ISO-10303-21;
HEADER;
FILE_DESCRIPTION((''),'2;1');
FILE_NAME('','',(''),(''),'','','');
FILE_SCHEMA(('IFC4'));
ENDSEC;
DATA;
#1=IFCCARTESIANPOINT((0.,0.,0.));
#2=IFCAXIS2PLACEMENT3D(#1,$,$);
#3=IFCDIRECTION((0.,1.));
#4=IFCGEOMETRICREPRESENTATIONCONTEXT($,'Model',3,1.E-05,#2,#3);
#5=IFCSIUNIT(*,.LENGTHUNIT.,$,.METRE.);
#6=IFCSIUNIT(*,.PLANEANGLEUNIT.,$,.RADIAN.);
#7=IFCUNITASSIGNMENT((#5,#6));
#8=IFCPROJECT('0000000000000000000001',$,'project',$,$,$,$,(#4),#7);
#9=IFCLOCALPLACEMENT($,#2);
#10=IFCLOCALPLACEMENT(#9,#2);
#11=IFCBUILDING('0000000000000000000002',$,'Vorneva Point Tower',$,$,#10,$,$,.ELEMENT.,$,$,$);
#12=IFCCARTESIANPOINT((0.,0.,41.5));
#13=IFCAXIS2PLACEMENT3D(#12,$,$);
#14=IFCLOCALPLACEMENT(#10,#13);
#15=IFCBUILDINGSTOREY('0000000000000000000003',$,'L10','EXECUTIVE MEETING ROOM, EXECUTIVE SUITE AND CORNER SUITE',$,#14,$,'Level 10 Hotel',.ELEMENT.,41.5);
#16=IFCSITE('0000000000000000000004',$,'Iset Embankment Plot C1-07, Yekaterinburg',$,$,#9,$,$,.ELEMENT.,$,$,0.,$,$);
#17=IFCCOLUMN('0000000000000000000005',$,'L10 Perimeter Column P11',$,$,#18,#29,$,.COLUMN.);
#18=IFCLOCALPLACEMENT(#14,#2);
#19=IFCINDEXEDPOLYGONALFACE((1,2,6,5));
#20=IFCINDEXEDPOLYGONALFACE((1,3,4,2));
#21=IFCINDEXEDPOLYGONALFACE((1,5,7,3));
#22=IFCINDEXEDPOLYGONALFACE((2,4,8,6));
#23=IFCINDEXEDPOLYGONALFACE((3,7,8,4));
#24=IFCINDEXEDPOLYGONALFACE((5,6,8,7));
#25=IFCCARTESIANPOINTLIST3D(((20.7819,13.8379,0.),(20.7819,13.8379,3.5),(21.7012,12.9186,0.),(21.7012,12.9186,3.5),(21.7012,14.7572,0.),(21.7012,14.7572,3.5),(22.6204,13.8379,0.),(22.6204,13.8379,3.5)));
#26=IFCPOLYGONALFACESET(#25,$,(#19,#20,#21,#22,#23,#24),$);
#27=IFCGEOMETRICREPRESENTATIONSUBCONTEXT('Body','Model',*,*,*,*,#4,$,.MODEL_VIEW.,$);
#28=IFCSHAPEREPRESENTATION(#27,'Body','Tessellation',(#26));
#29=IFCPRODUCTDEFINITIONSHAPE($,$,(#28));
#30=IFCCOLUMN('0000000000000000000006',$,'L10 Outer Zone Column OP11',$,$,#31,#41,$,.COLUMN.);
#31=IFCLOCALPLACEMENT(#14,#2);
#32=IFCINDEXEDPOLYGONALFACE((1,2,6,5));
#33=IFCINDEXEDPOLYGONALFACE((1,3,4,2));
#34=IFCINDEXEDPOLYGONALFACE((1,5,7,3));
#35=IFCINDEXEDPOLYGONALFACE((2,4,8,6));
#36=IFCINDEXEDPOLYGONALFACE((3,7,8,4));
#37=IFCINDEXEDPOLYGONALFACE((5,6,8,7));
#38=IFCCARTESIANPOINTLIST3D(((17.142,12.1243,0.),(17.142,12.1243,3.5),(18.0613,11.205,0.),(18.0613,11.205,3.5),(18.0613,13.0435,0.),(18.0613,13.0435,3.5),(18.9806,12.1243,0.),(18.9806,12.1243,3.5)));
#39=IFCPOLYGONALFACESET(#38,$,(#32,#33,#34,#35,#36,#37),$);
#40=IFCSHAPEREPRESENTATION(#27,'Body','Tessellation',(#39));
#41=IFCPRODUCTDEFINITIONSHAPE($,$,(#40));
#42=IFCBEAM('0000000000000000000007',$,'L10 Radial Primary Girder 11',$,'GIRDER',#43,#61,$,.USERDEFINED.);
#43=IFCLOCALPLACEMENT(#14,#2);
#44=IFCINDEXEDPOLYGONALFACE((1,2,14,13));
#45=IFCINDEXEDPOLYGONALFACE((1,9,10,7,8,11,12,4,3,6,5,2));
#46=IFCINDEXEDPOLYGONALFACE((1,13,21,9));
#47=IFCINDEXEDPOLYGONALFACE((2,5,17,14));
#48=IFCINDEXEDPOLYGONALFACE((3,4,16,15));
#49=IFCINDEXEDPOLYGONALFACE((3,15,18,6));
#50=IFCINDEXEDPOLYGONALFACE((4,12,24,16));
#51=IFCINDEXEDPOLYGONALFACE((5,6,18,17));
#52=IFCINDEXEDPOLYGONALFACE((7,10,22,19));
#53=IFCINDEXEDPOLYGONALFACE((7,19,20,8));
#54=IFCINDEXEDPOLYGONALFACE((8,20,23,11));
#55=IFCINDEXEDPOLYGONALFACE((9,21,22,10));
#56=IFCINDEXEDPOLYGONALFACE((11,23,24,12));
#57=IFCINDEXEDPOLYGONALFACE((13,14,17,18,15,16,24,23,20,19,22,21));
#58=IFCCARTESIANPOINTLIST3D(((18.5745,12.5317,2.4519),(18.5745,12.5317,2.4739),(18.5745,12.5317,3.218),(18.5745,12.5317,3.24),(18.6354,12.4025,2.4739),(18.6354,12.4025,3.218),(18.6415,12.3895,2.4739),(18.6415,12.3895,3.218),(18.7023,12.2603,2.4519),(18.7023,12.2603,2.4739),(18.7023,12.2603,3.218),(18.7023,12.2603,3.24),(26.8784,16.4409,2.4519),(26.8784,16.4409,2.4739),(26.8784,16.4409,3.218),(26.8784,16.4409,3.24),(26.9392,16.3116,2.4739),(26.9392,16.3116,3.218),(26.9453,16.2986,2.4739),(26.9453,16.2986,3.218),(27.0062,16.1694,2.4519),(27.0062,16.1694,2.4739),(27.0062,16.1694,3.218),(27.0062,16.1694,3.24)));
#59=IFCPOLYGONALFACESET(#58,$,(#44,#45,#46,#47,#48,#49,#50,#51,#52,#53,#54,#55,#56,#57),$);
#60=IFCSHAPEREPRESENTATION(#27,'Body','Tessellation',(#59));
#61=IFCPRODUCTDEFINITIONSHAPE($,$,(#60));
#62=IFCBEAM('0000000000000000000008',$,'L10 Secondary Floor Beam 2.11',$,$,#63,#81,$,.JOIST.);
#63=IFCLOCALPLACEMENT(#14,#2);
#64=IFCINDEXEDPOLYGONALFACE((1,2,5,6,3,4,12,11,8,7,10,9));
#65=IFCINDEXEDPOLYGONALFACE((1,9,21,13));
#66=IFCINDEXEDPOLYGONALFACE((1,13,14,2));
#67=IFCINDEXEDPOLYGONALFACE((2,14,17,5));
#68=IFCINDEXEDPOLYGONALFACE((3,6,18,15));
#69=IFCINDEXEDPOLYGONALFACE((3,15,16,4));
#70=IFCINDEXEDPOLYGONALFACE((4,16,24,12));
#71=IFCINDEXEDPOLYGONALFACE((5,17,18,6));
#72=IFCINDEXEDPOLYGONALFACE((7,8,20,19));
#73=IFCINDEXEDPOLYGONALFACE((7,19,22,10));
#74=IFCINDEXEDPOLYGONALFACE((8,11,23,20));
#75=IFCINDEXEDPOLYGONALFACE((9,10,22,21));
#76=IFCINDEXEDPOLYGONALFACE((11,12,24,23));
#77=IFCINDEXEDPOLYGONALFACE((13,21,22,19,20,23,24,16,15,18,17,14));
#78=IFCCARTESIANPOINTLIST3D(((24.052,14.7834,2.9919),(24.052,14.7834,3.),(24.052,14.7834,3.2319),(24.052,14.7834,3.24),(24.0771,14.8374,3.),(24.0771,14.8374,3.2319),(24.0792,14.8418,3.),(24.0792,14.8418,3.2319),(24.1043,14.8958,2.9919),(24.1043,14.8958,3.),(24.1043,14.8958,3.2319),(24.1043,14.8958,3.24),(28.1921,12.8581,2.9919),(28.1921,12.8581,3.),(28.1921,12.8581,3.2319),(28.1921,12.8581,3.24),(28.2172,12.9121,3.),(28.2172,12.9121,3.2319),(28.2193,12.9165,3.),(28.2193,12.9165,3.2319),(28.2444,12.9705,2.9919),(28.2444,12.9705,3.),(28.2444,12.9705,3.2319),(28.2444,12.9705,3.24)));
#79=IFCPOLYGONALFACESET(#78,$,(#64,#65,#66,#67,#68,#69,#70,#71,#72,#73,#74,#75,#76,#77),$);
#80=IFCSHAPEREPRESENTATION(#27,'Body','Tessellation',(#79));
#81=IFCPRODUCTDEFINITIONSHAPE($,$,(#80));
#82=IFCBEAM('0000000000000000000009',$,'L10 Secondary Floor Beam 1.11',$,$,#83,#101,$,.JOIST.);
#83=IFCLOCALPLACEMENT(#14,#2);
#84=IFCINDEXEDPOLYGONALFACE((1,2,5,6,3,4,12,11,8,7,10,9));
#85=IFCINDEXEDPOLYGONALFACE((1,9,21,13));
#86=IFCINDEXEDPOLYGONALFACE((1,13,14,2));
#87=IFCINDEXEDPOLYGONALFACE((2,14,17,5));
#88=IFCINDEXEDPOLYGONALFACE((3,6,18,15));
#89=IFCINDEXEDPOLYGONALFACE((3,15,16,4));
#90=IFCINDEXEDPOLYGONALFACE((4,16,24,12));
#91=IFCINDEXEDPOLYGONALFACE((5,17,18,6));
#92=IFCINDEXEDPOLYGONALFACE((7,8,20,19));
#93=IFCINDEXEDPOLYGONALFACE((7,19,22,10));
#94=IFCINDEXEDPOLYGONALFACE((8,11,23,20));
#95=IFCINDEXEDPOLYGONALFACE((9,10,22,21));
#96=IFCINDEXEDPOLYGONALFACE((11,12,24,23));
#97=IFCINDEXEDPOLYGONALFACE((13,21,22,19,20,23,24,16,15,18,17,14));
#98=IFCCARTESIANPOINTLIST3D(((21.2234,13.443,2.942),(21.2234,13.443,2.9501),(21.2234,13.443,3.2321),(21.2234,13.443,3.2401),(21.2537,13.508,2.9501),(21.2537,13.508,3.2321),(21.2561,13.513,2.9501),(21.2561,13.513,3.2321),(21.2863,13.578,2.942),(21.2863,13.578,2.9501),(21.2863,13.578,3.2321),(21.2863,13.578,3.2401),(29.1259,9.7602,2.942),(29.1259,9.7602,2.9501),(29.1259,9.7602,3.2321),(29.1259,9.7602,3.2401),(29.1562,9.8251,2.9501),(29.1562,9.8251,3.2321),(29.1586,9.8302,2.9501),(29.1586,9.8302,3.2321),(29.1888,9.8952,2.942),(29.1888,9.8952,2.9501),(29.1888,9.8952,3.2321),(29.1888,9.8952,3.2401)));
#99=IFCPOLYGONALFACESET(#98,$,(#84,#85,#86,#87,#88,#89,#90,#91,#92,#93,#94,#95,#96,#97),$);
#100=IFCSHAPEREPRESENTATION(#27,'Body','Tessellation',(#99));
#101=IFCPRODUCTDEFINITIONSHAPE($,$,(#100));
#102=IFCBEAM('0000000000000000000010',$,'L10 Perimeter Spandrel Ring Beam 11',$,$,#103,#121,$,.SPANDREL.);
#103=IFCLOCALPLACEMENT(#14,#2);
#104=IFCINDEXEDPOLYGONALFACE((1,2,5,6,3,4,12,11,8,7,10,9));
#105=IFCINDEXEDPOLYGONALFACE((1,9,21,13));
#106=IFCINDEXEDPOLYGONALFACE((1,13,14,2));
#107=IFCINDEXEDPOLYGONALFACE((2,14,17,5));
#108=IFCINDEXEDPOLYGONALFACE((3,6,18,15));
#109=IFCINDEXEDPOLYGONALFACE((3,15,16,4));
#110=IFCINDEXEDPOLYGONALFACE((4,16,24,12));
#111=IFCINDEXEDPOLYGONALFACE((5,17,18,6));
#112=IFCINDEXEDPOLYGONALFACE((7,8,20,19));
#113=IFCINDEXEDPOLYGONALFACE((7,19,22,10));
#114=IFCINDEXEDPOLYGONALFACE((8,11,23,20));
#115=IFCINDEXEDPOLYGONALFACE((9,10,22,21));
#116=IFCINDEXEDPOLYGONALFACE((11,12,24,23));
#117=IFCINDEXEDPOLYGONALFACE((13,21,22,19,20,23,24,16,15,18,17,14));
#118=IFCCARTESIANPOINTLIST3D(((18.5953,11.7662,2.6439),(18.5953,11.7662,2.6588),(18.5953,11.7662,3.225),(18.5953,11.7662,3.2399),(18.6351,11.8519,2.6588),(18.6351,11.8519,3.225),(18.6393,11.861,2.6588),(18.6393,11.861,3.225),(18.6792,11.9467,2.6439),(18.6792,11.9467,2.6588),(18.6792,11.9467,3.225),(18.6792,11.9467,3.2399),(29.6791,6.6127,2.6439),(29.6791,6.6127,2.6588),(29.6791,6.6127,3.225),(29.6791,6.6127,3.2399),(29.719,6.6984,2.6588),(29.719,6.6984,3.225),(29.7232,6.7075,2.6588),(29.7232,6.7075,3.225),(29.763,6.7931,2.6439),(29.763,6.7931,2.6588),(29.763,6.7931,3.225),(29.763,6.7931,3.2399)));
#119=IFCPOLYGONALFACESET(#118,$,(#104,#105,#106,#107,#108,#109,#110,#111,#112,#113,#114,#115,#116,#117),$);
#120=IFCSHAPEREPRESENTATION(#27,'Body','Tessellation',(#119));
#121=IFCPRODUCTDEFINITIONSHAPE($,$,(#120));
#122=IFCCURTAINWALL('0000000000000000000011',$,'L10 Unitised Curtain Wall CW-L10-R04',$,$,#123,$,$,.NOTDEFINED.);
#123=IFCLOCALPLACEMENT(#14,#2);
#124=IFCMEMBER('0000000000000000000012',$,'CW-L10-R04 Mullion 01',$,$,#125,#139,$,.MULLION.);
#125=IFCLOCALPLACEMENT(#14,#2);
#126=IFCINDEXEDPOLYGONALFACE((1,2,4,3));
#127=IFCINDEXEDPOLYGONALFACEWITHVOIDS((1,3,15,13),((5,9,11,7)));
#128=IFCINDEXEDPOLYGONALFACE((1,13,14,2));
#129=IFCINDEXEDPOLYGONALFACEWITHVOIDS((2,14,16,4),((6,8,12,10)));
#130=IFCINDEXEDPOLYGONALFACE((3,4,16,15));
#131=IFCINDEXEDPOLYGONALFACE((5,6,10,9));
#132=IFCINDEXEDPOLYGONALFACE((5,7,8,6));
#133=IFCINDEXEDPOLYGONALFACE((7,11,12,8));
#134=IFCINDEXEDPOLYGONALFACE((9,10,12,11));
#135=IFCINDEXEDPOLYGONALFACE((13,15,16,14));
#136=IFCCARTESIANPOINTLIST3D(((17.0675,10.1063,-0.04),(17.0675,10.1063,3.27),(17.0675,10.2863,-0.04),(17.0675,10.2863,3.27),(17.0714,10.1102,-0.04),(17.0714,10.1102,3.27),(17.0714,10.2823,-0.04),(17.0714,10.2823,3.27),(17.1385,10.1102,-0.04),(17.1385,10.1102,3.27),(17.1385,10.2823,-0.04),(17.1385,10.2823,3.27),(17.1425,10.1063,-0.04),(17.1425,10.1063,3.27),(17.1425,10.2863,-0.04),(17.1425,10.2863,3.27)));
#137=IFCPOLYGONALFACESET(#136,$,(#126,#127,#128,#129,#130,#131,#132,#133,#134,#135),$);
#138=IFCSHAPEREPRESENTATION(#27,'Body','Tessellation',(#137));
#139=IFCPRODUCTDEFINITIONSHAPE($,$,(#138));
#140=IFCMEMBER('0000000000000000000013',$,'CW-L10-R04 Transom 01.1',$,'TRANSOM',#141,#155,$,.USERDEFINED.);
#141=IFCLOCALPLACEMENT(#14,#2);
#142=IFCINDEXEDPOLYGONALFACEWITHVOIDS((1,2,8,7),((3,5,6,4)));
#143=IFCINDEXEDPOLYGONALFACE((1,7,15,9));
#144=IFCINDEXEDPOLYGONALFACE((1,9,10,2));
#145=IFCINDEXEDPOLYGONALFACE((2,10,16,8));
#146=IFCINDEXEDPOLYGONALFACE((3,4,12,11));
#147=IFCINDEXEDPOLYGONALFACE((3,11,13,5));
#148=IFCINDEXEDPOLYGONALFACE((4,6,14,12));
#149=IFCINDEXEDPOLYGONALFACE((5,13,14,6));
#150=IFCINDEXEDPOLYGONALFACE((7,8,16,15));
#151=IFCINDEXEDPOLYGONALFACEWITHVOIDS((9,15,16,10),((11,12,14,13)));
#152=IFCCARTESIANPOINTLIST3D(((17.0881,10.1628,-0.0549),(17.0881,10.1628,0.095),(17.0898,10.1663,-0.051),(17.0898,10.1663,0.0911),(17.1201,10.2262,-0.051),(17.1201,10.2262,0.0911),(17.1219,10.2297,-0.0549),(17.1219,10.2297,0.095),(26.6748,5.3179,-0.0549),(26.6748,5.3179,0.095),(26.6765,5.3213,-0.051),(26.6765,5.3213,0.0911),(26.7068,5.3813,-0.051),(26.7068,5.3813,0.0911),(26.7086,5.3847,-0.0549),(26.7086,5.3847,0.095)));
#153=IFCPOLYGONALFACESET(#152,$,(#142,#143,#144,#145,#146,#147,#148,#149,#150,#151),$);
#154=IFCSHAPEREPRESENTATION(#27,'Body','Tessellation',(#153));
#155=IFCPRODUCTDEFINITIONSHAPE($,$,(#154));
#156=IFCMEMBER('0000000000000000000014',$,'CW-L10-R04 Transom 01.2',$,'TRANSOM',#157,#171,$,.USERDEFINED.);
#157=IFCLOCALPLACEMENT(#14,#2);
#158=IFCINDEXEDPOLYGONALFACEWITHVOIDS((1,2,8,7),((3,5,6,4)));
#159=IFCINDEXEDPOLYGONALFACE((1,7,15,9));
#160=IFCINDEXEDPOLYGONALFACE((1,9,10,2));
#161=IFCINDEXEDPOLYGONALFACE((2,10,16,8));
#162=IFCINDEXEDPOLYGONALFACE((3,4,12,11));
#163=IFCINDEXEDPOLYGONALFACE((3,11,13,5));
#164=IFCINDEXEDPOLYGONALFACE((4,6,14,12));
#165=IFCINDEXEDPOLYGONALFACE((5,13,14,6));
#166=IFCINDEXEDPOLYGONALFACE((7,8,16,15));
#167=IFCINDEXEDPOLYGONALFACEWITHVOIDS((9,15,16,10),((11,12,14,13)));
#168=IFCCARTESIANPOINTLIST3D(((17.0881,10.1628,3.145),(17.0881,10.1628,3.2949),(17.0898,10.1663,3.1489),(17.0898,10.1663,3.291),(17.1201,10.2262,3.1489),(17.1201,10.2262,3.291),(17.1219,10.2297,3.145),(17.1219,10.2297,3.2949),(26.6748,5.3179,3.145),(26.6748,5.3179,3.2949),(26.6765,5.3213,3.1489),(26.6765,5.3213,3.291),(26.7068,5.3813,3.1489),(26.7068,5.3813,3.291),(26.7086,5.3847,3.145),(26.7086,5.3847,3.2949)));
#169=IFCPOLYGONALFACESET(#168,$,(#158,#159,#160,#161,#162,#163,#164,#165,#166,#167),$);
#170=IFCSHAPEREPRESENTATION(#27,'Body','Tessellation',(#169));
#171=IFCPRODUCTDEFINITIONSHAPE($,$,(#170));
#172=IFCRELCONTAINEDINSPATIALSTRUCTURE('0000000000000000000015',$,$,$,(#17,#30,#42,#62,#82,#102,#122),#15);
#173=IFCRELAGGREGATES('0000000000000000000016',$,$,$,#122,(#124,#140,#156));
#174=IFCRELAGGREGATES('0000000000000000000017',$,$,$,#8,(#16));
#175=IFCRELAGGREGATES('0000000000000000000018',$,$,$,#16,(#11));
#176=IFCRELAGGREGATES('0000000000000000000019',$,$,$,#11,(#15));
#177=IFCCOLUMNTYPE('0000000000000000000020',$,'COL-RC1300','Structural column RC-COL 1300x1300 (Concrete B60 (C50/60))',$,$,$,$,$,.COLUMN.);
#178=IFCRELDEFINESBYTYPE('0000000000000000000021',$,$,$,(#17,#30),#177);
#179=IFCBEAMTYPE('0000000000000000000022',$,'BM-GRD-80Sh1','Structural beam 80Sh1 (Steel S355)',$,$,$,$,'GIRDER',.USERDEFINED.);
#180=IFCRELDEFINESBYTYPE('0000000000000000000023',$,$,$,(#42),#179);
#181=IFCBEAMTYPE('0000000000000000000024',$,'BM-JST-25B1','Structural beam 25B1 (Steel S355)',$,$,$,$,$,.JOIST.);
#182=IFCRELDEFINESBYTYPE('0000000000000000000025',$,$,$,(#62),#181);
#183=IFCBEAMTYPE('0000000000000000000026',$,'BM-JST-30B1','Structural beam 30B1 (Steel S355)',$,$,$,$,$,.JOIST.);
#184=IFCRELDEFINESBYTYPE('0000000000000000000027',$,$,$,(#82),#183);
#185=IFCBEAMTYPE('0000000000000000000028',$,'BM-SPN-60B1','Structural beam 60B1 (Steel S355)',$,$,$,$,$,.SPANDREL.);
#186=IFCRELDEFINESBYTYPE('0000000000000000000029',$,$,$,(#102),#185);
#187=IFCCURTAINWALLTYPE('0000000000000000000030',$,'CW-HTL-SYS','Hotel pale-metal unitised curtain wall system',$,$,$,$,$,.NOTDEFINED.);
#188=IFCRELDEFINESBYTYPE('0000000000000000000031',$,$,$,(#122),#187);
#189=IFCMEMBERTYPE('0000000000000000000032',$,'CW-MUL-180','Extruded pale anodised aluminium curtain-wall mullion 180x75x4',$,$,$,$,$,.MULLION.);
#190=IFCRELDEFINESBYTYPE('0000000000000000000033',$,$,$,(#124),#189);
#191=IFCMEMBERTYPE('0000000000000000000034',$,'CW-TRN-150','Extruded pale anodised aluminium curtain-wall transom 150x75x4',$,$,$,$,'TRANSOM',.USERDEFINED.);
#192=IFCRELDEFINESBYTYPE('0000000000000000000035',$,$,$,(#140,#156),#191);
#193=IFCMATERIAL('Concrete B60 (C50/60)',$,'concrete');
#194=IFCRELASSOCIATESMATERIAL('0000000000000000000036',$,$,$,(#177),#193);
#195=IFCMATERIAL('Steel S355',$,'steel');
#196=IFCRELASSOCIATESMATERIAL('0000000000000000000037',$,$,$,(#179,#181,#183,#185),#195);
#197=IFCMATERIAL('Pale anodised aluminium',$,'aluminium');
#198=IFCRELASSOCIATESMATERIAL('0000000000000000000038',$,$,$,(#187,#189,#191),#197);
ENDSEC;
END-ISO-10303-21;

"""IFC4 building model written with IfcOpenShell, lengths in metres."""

from ifc_helpers import new_model, si_unit, direction, frame, origin, origin_2d, place, context, subcontext, project, spatial, rectangle, hollow_rectangle, i_section, extrude, material, material_profile, profile_set, type_object, element, aggregate, save


model = new_model("IFC4")

# Units and contexts
model_context = context("Model", 3, precision=1e-05, world=origin(), true_north=direction((0.0, 1.0)))
body_context = subcontext(model_context, "Body", "Model", "MODEL_VIEW")
ifc_project = project(units=[si_unit("LENGTHUNIT", "METRE"), si_unit("PLANEANGLEUNIT", "RADIAN")], contexts=[model_context])

# Site, building, storey
site_placement = place(None, origin())
site = spatial("IfcSite", under=ifc_project, at=site_placement, Name="Iset Embankment Plot C1-07, Yekaterinburg", CompositionType="ELEMENT", RefElevation=0.0)
building_placement = place(site_placement, origin())
building = spatial("IfcBuilding", under=site, at=building_placement, Name="Vorneva Point Tower", CompositionType="ELEMENT")
storey_placement = place(building_placement, frame((0.0, 0.0, 41.5)))
storey = spatial("IfcBuildingStorey", under=building, at=storey_placement, Name="L10", Description="EXECUTIVE MEETING ROOM, EXECUTIVE SUITE AND CORNER SUITE", LongName="Level 10 Hotel", CompositionType="ELEMENT", Elevation=41.5)

# Columns
ifc_material_1 = material(Name="Concrete B60 (C50/60)", Category="concrete")
ifc_material_profile_1 = material_profile(ifc_material_1, rectangle(XDim=1.3, YDim=1.3, at=origin_2d()), Name="RC-COL 1300x1300")
ifc_profile_set_1 = profile_set([ifc_material_profile_1], Name="Concrete B60 (C50/60)")
column_type = type_object("IfcColumnType", Name="COL-RC1300", Description="Structural column RC-COL 1300x1300 (Concrete B60 (C50/60))", PredefinedType="COLUMN", material=ifc_profile_set_1)
for number, where, z_axis, x_axis, name in (
    (1, (21.7012, 13.8379, 0.0), (0.0, 0.0, 1.0), (-0.707107, -0.707107, 0.0), "L10 Perimeter Column P11"),
    (2, (18.0613, 12.1243, 0.0), (0.0, 0.0, 1.0), (-0.707107, -0.707107, 0.0), "L10 Outer Zone Column OP11"),
):
    element("IfcColumn", number, at=place(storey_placement, frame(where, z_axis=z_axis, x_axis=x_axis)), inside=storey, type_object=column_type, Name=name, PredefinedType="COLUMN", context=body_context, shape_type="SweptSolid", body=[
        extrude(rectangle(XDim=1.3, YDim=1.3, at=origin_2d()), origin(), (0.0, 0.0, 1.0), 3.5),
    ])

# Beams
ifc_material_2 = material(Name="Steel S355", Category="steel")
ifc_material_profile_2 = material_profile(ifc_material_2, i_section(OverallWidth=0.3, OverallDepth=0.7881, WebThickness=0.0144, FlangeThickness=0.022, at=origin_2d()), Name="80Sh1")
ifc_profile_set_2 = profile_set([ifc_material_profile_2], Name="Steel S355")
beam_type_1 = type_object("IfcBeamType", Name="BM-GRD-80Sh1", Description="Structural beam 80Sh1 (Steel S355)", ElementType="GIRDER", PredefinedType="USERDEFINED", material=ifc_profile_set_2)
beam_1_placement = place(storey_placement, frame((18.6384, 12.396, 2.8459), z_axis=(0.904758, 0.425925, 0.0), x_axis=(-0.425925, 0.904758, 0.0)))
element("IfcBeam", 3, at=beam_1_placement, inside=storey, type_object=beam_type_1, Name="L10 Radial Primary Girder 11", ObjectType="GIRDER", PredefinedType="USERDEFINED", context=body_context, shape_type="SweptSolid", body=[
    extrude(i_section(OverallWidth=0.3, OverallDepth=0.7881, WebThickness=0.0144, FlangeThickness=0.022, at=origin_2d()), origin(), (0.0, 0.0, 1.0), 9.178),
])
ifc_material_profile_3 = material_profile(ifc_material_2, i_section(OverallWidth=0.124, OverallDepth=0.248, WebThickness=0.0049, FlangeThickness=0.0081, at=origin_2d()), Name="25B1")
ifc_profile_set_3 = profile_set([ifc_material_profile_3], Name="Steel S355")
beam_type_2 = type_object("IfcBeamType", Name="BM-JST-25B1", Description="Structural beam 25B1 (Steel S355)", PredefinedType="JOIST", material=ifc_profile_set_3)
beam_2_placement = place(storey_placement, frame((24.0781, 14.8396, 3.116), z_axis=(0.906751, -0.421667, 0.0), x_axis=(0.421667, 0.906751, 0.0)))
element("IfcBeam", 4, at=beam_2_placement, inside=storey, type_object=beam_type_2, Name="L10 Secondary Floor Beam 2.11", PredefinedType="JOIST", context=body_context, shape_type="SweptSolid", body=[
    extrude(i_section(OverallWidth=0.124, OverallDepth=0.248, WebThickness=0.0049, FlangeThickness=0.0081, at=origin_2d()), origin(), (0.0, 0.0, 1.0), 4.5659),
])
ifc_material_profile_4 = material_profile(ifc_material_2, i_section(OverallWidth=0.1489, OverallDepth=0.2981, WebThickness=0.0056, FlangeThickness=0.0081, at=origin_2d()), Name="30B1")
ifc_profile_set_4 = profile_set([ifc_material_profile_4], Name="Steel S355")
beam_type_3 = type_object("IfcBeamType", Name="BM-JST-30B1", Description="Structural beam 30B1 (Steel S355)", PredefinedType="JOIST", material=ifc_profile_set_4)
beam_3_placement = place(storey_placement, frame((21.2549, 13.5105, 3.0911), z_axis=(0.906403, -0.422413, 0.0), x_axis=(0.422413, 0.906403, 0.0)))
element("IfcBeam", 5, at=beam_3_placement, inside=storey, type_object=beam_type_3, Name="L10 Secondary Floor Beam 1.11", PredefinedType="JOIST", context=body_context, shape_type="SweptSolid", body=[
    extrude(i_section(OverallWidth=0.1489, OverallDepth=0.2981, WebThickness=0.0056, FlangeThickness=0.0081, at=origin_2d()), origin(), (0.0, 0.0, 1.0), 8.7185),
])
ifc_material_profile_5 = material_profile(ifc_material_2, i_section(OverallWidth=0.199, OverallDepth=0.5959, WebThickness=0.01, FlangeThickness=0.0149, at=origin_2d()), Name="60B1")
ifc_profile_set_5 = profile_set([ifc_material_profile_5], Name="Steel S355")
beam_type_4 = type_object("IfcBeamType", Name="BM-SPN-60B1", Description="Structural beam 60B1 (Steel S355)", PredefinedType="SPANDREL", material=ifc_profile_set_5)
beam_4_placement = place(storey_placement, frame((18.6372, 11.8564, 2.9419), z_axis=(0.906777, -0.421611, 0.0), x_axis=(0.421611, 0.906777, 0.0)))
element("IfcBeam", 6, at=beam_4_placement, inside=storey, type_object=beam_type_4, Name="L10 Perimeter Spandrel Ring Beam 11", PredefinedType="SPANDREL", context=body_context, shape_type="SweptSolid", body=[
    extrude(i_section(OverallWidth=0.199, OverallDepth=0.5959, WebThickness=0.01, FlangeThickness=0.0149, at=origin_2d()), origin(), (0.0, 0.0, 1.0), 12.2234),
])

# Curtain wall, members
ifc_material_3 = material(Name="Pale anodised aluminium", Category="aluminium")
curtain_wall_type = type_object("IfcCurtainWallType", Name="CW-HTL-SYS", Description="Hotel pale-metal unitised curtain wall system", PredefinedType="NOTDEFINED", material=ifc_material_3)
curtain_wall_placement = place(storey_placement, origin())
curtain_wall = element("IfcCurtainWall", 7, at=curtain_wall_placement, inside=storey, type_object=curtain_wall_type, Name="L10 Unitised Curtain Wall CW-L10-R04", PredefinedType="NOTDEFINED")
ifc_material_profile_6 = material_profile(ifc_material_3, hollow_rectangle(XDim=0.075, YDim=0.1799, WallThickness=0.0039, at=origin_2d()), Name="AL-MUL 180x75x4")
ifc_profile_set_6 = profile_set([ifc_material_profile_6], Name="Pale anodised aluminium")
member_type_1 = type_object("IfcMemberType", Name="CW-MUL-180", Description="Extruded pale anodised aluminium curtain-wall mullion 180x75x4", PredefinedType="MULLION", material=ifc_profile_set_6)
member_1_placement = place(storey_placement, frame((17.105, 10.1963, -0.04), z_axis=(0.0, 0.0, 1.0), x_axis=(1.0, 0.0, 0.0)))
member_1 = element("IfcMember", 8, at=member_1_placement, type_object=member_type_1, Name="CW-L10-R04 Mullion 01", PredefinedType="MULLION", context=body_context, shape_type="SweptSolid", body=[
    extrude(hollow_rectangle(XDim=0.075, YDim=0.1799, WallThickness=0.0039, at=origin_2d()), origin(), (0.0, 0.0, 1.0), 3.3101),
])
ifc_material_profile_7 = material_profile(ifc_material_3, hollow_rectangle(XDim=0.075, YDim=0.1499, WallThickness=0.0039, at=origin_2d()), Name="AL-TRN 150x75x4")
ifc_profile_set_7 = profile_set([ifc_material_profile_7], Name="Pale anodised aluminium")
member_type_2 = type_object("IfcMemberType", Name="CW-TRN-150", Description="Extruded pale anodised aluminium curtain-wall transom 150x75x4", ElementType="TRANSOM", PredefinedType="USERDEFINED", material=ifc_profile_set_7)
member_2_placement = place(storey_placement, frame((17.105, 10.1963, 0.02), z_axis=(0.892496, -0.451055, 0.0), x_axis=(0.451055, 0.892496, 0.0)))
member_2 = element("IfcMember", 9, at=member_2_placement, type_object=member_type_2, Name="CW-L10-R04 Transom 01.1", ObjectType="TRANSOM", PredefinedType="USERDEFINED", context=body_context, shape_type="SweptSolid", body=[
    extrude(hollow_rectangle(XDim=0.075, YDim=0.1499, WallThickness=0.0039, at=origin_2d()), origin(), (0.0, 0.0, 1.0), 10.7415),
])
member_3_placement = place(storey_placement, frame((17.105, 10.1963, 3.22), z_axis=(0.892496, -0.451055, 0.0), x_axis=(0.451055, 0.892496, 0.0)))
member_3 = element("IfcMember", 10, at=member_3_placement, type_object=member_type_2, Name="CW-L10-R04 Transom 01.2", ObjectType="TRANSOM", PredefinedType="USERDEFINED", context=body_context, shape_type="SweptSolid", body=[
    extrude(hollow_rectangle(XDim=0.075, YDim=0.1499, WallThickness=0.0039, at=origin_2d()), origin(), (0.0, 0.0, 1.0), 10.7415),
])
aggregate(curtain_wall, [member_1, member_2, member_3])

save(model, "model.ifc")
